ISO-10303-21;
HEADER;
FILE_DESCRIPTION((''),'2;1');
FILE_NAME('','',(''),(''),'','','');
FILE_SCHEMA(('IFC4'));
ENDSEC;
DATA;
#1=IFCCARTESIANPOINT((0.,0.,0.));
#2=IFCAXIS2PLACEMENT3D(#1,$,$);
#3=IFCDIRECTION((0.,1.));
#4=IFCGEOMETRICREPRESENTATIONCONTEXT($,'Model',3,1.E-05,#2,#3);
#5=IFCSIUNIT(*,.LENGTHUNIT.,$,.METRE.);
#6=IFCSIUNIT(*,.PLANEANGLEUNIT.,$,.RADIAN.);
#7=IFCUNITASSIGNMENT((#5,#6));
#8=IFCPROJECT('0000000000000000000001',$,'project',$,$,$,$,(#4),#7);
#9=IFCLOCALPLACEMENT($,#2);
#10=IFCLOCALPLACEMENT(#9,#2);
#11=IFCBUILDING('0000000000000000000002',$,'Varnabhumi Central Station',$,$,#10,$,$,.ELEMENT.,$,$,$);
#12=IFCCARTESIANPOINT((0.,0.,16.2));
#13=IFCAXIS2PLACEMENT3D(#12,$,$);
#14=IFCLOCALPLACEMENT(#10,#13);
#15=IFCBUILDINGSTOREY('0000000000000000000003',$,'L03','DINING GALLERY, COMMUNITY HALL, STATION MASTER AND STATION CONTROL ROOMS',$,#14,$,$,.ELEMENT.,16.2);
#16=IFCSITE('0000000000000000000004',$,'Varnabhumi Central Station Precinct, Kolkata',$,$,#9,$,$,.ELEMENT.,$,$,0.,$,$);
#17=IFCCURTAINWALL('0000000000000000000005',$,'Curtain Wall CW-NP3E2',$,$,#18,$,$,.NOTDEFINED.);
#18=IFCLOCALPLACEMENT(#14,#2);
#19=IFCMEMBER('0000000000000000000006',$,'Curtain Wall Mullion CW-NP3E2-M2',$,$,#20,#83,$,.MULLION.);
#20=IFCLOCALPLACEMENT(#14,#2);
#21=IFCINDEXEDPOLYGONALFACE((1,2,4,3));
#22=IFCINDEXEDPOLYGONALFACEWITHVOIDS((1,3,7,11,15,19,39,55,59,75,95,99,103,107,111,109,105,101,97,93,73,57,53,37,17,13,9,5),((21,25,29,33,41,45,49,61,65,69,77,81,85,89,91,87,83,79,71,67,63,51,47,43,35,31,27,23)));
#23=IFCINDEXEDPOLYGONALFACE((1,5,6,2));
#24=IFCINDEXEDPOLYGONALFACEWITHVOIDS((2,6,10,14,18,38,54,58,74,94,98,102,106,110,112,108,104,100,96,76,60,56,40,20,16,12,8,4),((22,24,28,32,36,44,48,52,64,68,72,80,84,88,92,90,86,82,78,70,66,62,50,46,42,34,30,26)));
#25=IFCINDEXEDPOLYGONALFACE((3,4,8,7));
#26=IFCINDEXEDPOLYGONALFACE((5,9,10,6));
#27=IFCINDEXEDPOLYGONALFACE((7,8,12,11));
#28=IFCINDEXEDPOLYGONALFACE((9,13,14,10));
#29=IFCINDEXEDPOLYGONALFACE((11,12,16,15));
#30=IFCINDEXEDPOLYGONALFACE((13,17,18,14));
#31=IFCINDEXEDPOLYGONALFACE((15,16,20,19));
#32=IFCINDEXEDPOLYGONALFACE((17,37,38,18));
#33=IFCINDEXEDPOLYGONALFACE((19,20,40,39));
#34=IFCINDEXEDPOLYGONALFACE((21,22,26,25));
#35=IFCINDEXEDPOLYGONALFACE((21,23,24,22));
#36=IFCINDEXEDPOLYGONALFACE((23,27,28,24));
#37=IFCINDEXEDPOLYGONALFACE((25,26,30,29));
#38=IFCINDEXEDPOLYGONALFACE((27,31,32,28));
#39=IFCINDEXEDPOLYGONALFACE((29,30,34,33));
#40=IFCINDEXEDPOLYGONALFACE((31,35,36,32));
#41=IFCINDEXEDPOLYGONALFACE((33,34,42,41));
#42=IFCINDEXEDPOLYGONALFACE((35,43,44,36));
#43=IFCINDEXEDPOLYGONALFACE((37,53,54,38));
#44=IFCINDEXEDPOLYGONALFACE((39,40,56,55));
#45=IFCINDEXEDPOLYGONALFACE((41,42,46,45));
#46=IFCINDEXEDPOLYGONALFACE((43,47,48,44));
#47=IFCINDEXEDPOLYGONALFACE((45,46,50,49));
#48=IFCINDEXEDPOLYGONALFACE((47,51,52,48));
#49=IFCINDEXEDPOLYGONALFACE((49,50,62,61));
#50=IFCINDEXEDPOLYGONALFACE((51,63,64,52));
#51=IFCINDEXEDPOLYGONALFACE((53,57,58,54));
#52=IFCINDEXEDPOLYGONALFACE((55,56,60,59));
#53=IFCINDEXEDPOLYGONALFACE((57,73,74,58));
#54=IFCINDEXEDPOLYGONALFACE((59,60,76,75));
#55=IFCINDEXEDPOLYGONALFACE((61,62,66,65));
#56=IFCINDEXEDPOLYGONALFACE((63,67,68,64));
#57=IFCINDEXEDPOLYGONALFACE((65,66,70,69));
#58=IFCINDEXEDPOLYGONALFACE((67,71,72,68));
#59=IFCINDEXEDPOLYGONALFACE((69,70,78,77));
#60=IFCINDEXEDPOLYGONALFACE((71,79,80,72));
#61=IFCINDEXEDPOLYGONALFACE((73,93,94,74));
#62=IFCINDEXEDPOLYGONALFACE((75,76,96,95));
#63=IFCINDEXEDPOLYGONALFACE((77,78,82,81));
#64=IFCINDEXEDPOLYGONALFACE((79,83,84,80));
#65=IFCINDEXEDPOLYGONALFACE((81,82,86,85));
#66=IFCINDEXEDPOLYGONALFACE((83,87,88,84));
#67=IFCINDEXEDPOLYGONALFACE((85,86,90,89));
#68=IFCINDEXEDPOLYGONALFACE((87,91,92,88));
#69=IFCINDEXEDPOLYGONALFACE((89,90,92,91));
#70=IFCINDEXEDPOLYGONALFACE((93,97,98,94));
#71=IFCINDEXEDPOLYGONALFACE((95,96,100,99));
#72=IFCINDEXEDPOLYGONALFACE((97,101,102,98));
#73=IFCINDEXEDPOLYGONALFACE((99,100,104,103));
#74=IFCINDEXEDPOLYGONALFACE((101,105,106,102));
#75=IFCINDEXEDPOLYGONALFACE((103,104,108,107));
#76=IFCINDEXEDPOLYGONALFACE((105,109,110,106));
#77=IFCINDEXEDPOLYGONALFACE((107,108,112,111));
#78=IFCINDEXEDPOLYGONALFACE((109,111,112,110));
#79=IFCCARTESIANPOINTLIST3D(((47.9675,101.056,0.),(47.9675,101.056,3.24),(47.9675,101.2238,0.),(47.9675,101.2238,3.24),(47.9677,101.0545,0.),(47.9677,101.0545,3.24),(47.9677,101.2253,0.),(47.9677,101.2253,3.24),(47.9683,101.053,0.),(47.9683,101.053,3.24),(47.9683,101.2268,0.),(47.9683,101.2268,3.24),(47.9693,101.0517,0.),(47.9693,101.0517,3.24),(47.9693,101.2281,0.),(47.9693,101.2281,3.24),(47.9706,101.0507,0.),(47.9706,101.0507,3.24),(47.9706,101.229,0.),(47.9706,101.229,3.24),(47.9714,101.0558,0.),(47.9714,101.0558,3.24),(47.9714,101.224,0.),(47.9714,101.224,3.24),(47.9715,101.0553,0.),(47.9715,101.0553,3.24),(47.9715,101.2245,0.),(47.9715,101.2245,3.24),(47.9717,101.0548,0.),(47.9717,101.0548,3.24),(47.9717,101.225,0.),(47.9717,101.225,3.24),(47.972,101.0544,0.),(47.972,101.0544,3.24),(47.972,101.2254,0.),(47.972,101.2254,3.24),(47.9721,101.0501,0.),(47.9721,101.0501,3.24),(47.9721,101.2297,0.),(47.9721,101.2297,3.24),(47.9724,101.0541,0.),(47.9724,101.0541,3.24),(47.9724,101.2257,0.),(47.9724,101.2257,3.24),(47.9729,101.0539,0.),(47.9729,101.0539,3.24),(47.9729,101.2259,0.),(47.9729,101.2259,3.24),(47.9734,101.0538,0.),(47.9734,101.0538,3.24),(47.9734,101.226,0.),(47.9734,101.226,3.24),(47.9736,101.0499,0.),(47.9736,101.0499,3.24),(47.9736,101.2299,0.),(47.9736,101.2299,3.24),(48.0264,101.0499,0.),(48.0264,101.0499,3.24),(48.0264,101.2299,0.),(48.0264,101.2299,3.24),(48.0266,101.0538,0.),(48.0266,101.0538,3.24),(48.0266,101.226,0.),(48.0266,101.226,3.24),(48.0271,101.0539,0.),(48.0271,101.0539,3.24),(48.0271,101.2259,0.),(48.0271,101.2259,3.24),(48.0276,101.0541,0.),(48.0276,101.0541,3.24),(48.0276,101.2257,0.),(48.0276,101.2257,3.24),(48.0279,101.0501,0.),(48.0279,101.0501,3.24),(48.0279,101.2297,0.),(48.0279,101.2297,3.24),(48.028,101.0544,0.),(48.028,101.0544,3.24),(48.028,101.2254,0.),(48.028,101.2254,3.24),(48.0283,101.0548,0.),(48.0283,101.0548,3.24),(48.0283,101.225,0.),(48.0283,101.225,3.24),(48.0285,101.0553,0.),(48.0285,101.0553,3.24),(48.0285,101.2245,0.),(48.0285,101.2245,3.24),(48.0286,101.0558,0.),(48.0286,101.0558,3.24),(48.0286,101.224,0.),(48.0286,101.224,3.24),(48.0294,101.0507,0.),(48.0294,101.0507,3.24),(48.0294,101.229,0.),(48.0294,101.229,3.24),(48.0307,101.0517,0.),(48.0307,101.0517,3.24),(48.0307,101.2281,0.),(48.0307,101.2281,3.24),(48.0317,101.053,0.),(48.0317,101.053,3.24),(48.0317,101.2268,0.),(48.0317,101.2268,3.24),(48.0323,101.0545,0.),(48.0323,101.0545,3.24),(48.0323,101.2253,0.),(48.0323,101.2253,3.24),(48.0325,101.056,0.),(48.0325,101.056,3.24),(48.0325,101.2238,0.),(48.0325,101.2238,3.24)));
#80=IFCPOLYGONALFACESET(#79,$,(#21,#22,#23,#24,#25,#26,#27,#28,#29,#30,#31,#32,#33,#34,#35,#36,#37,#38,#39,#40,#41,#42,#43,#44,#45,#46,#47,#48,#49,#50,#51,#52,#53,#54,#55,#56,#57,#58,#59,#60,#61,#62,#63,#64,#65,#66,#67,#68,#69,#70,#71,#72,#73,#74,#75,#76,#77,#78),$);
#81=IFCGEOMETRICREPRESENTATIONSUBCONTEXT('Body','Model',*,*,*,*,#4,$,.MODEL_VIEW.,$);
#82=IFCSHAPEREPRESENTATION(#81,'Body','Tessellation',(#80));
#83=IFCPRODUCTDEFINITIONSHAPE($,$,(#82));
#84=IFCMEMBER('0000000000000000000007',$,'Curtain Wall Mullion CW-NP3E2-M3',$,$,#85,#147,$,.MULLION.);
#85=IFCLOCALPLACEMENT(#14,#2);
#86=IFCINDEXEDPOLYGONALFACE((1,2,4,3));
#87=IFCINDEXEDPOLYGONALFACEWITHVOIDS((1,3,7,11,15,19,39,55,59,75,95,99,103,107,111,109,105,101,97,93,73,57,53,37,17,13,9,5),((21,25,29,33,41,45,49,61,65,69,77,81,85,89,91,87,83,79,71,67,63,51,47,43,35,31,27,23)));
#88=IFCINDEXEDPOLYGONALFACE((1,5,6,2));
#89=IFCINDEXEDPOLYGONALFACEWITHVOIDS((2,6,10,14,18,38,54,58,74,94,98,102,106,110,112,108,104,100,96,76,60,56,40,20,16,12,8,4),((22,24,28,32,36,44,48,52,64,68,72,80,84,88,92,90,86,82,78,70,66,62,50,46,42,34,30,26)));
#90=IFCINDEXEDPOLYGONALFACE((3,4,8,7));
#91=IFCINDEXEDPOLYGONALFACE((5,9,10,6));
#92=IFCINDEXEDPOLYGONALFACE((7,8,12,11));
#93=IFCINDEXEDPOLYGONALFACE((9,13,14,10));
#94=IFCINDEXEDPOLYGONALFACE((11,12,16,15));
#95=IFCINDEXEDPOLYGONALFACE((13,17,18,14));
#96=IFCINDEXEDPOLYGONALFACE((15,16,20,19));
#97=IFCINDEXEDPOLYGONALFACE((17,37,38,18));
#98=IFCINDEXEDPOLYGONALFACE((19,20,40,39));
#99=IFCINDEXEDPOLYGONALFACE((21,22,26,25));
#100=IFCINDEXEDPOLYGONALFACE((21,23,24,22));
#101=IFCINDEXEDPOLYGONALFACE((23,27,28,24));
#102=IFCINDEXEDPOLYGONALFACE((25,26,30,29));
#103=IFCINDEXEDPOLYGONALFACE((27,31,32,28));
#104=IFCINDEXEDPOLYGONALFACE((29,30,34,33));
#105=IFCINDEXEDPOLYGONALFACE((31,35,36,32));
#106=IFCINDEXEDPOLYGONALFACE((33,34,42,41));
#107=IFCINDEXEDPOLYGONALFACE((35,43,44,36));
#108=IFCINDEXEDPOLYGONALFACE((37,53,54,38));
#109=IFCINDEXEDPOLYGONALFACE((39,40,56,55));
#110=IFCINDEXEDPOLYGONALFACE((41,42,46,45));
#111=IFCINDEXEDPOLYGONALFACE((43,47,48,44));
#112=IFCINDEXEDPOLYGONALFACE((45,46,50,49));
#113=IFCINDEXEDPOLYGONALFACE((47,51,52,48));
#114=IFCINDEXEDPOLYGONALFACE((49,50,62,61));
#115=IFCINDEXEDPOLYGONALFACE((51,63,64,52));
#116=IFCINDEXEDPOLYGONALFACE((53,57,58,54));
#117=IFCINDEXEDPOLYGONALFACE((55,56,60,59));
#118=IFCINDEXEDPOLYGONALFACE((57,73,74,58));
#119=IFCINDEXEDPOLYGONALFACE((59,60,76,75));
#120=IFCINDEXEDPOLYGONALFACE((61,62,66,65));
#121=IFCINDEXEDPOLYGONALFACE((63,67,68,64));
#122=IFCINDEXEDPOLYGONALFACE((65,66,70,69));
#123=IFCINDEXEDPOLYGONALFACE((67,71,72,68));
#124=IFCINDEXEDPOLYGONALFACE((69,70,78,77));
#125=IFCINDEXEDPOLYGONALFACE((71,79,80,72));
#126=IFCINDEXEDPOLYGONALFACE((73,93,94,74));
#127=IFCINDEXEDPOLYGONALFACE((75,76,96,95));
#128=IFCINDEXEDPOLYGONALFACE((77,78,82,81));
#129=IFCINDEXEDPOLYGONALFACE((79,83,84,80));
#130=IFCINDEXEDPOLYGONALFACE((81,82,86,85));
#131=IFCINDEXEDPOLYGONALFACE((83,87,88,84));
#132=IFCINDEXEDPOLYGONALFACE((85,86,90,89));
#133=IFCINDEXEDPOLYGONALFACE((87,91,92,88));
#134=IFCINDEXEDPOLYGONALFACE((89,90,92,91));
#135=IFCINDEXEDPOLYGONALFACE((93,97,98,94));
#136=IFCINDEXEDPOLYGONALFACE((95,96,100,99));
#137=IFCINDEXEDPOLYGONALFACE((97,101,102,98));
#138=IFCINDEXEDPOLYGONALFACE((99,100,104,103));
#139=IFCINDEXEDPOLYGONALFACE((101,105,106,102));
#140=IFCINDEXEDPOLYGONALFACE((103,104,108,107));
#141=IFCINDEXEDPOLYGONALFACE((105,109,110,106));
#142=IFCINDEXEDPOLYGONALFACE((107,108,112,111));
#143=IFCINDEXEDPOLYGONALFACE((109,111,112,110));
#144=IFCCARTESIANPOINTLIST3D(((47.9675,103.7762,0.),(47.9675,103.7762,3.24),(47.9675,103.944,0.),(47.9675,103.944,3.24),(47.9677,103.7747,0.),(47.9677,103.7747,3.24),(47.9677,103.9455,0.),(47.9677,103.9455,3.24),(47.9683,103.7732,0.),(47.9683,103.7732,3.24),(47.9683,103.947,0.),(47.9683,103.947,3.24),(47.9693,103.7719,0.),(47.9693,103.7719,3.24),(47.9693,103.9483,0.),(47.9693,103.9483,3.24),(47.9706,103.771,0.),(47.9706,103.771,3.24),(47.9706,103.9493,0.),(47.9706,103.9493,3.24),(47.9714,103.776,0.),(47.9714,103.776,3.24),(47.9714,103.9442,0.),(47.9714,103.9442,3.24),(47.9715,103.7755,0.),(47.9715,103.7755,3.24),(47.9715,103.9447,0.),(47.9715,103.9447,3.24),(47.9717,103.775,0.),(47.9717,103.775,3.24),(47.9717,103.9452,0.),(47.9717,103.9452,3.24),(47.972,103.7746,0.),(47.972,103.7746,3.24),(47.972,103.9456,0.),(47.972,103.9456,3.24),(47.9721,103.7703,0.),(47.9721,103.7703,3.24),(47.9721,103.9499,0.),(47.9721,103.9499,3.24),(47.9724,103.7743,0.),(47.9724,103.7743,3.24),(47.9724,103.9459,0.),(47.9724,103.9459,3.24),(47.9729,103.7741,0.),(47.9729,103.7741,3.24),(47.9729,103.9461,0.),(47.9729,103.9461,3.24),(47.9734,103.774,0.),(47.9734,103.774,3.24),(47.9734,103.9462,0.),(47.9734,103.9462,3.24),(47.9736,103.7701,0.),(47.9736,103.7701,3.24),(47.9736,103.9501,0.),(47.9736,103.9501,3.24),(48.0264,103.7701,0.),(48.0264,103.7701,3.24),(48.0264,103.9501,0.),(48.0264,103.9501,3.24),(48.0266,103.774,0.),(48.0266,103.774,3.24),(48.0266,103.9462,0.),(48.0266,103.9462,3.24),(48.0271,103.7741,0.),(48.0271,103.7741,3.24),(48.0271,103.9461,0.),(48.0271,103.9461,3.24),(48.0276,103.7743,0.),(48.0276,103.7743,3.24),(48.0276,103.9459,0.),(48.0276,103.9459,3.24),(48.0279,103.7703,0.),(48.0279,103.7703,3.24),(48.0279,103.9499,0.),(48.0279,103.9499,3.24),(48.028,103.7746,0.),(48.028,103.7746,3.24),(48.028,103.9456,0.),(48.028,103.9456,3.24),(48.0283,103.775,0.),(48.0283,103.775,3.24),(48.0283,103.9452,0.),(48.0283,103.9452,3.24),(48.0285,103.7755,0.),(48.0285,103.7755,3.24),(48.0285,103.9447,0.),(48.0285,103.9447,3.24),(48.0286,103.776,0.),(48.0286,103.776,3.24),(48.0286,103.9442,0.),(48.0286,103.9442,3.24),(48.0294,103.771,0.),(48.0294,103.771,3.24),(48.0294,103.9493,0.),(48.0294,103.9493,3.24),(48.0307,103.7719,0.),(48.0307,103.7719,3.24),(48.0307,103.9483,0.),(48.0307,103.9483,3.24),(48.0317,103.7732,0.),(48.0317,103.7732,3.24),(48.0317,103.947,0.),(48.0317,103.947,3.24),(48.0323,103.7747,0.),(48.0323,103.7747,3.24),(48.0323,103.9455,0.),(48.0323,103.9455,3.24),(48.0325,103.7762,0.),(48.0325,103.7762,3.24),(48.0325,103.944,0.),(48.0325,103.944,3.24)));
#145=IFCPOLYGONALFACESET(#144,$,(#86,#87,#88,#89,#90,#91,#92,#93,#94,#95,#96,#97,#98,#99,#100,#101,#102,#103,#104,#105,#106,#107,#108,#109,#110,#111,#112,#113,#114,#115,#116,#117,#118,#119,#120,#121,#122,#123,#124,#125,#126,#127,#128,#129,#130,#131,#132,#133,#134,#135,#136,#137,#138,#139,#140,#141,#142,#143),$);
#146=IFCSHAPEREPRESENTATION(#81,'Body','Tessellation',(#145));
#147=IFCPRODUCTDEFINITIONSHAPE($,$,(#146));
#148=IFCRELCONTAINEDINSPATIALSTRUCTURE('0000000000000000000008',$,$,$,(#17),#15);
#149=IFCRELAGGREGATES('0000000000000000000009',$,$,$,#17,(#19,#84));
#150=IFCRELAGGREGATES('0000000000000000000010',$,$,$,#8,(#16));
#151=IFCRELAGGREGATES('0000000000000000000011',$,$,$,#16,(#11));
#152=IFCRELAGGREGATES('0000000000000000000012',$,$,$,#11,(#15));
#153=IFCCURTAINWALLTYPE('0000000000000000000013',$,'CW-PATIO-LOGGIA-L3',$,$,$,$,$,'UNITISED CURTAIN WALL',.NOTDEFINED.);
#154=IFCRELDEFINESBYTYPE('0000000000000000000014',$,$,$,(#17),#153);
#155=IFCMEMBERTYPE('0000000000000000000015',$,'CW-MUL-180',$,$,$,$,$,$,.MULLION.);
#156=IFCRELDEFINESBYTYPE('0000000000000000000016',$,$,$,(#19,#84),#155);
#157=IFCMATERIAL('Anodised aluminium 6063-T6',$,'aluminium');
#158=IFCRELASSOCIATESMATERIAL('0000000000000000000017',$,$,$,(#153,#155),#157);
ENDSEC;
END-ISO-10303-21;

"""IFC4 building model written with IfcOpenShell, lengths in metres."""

from ifc_helpers import new_model, si_unit, direction, frame, origin, origin_2d, place, context, subcontext, project, spatial, hollow_rectangle, extrude, material, material_profile, profile_set, type_object, element, aggregate, save


model = new_model("IFC4")

# Units and contexts
model_context = context("Model", 3, precision=1e-05, world=origin(), true_north=direction((0.0, 1.0)))
body_context = subcontext(model_context, "Body", "Model", "MODEL_VIEW")
ifc_project = project(units=[si_unit("LENGTHUNIT", "METRE"), si_unit("PLANEANGLEUNIT", "RADIAN")], contexts=[model_context])

# Site, building, storey
site_placement = place(None, origin())
site = spatial("IfcSite", under=ifc_project, at=site_placement, Name="Varnabhumi Central Station Precinct, Kolkata", CompositionType="ELEMENT", RefElevation=0.0)
building_placement = place(site_placement, origin())
building = spatial("IfcBuilding", under=site, at=building_placement, Name="Varnabhumi Central Station", CompositionType="ELEMENT")
storey_placement = place(building_placement, frame((0.0, 0.0, 16.2)))
storey = spatial("IfcBuildingStorey", under=building, at=storey_placement, Name="L03", Description="DINING GALLERY, COMMUNITY HALL, STATION MASTER AND STATION CONTROL ROOMS", CompositionType="ELEMENT", Elevation=16.2)

# Curtain wall, members
ifc_material_1 = material(Name="Anodised aluminium 6063-T6", Category="aluminium")
curtain_wall_type = type_object("IfcCurtainWallType", Name="CW-PATIO-LOGGIA-L3", ElementType="UNITISED CURTAIN WALL", PredefinedType="NOTDEFINED", material=ifc_material_1)
curtain_wall_placement = place(storey_placement, origin())
curtain_wall = element("IfcCurtainWall", 1, at=curtain_wall_placement, inside=storey, type_object=curtain_wall_type, Name="Curtain Wall CW-NP3E2", PredefinedType="NOTDEFINED")
ifc_material_profile_1 = material_profile(ifc_material_1, hollow_rectangle(XDim=0.0649, YDim=0.1799, WallThickness=0.0039, InnerFilletRadius=0.002, OuterFilletRadius=0.0061, at=origin_2d()), Name="Anodised aluminium 6063-T6", Category="aluminium")
ifc_profile_set_1 = profile_set([ifc_material_profile_1], Name="Anodised aluminium 6063-T6")
member_type_1 = type_object("IfcMemberType", Name="CW-MUL-180", PredefinedType="MULLION", material=ifc_profile_set_1)
member_1_placement = place(storey_placement, frame((48.0, 101.1399, 0.0), z_axis=(0.0, 0.0, 1.0), x_axis=(1.0, 0.0, 0.0)))
member_1 = element("IfcMember", 2, at=member_1_placement, type_object=member_type_1, Name="Curtain Wall Mullion CW-NP3E2-M2", PredefinedType="MULLION", context=body_context, shape_type="SweptSolid", body=[
    extrude(hollow_rectangle(XDim=0.0649, YDim=0.1799, WallThickness=0.0039, InnerFilletRadius=0.002, OuterFilletRadius=0.0061, at=origin_2d()), origin(), (0.0, 0.0, 1.0), 3.24),
])
member_2_placement = place(storey_placement, frame((48.0, 103.8601, 0.0), z_axis=(0.0, 0.0, 1.0), x_axis=(1.0, 0.0, 0.0)))
member_2 = element("IfcMember", 3, at=member_2_placement, type_object=member_type_1, Name="Curtain Wall Mullion CW-NP3E2-M3", PredefinedType="MULLION", context=body_context, shape_type="SweptSolid", body=[
    extrude(hollow_rectangle(XDim=0.0649, YDim=0.1799, WallThickness=0.0039, InnerFilletRadius=0.002, OuterFilletRadius=0.0061, at=origin_2d()), origin(), (0.0, 0.0, 1.0), 3.24),
])
aggregate(curtain_wall, [member_1, member_2])

save(model, "model.ifc")
